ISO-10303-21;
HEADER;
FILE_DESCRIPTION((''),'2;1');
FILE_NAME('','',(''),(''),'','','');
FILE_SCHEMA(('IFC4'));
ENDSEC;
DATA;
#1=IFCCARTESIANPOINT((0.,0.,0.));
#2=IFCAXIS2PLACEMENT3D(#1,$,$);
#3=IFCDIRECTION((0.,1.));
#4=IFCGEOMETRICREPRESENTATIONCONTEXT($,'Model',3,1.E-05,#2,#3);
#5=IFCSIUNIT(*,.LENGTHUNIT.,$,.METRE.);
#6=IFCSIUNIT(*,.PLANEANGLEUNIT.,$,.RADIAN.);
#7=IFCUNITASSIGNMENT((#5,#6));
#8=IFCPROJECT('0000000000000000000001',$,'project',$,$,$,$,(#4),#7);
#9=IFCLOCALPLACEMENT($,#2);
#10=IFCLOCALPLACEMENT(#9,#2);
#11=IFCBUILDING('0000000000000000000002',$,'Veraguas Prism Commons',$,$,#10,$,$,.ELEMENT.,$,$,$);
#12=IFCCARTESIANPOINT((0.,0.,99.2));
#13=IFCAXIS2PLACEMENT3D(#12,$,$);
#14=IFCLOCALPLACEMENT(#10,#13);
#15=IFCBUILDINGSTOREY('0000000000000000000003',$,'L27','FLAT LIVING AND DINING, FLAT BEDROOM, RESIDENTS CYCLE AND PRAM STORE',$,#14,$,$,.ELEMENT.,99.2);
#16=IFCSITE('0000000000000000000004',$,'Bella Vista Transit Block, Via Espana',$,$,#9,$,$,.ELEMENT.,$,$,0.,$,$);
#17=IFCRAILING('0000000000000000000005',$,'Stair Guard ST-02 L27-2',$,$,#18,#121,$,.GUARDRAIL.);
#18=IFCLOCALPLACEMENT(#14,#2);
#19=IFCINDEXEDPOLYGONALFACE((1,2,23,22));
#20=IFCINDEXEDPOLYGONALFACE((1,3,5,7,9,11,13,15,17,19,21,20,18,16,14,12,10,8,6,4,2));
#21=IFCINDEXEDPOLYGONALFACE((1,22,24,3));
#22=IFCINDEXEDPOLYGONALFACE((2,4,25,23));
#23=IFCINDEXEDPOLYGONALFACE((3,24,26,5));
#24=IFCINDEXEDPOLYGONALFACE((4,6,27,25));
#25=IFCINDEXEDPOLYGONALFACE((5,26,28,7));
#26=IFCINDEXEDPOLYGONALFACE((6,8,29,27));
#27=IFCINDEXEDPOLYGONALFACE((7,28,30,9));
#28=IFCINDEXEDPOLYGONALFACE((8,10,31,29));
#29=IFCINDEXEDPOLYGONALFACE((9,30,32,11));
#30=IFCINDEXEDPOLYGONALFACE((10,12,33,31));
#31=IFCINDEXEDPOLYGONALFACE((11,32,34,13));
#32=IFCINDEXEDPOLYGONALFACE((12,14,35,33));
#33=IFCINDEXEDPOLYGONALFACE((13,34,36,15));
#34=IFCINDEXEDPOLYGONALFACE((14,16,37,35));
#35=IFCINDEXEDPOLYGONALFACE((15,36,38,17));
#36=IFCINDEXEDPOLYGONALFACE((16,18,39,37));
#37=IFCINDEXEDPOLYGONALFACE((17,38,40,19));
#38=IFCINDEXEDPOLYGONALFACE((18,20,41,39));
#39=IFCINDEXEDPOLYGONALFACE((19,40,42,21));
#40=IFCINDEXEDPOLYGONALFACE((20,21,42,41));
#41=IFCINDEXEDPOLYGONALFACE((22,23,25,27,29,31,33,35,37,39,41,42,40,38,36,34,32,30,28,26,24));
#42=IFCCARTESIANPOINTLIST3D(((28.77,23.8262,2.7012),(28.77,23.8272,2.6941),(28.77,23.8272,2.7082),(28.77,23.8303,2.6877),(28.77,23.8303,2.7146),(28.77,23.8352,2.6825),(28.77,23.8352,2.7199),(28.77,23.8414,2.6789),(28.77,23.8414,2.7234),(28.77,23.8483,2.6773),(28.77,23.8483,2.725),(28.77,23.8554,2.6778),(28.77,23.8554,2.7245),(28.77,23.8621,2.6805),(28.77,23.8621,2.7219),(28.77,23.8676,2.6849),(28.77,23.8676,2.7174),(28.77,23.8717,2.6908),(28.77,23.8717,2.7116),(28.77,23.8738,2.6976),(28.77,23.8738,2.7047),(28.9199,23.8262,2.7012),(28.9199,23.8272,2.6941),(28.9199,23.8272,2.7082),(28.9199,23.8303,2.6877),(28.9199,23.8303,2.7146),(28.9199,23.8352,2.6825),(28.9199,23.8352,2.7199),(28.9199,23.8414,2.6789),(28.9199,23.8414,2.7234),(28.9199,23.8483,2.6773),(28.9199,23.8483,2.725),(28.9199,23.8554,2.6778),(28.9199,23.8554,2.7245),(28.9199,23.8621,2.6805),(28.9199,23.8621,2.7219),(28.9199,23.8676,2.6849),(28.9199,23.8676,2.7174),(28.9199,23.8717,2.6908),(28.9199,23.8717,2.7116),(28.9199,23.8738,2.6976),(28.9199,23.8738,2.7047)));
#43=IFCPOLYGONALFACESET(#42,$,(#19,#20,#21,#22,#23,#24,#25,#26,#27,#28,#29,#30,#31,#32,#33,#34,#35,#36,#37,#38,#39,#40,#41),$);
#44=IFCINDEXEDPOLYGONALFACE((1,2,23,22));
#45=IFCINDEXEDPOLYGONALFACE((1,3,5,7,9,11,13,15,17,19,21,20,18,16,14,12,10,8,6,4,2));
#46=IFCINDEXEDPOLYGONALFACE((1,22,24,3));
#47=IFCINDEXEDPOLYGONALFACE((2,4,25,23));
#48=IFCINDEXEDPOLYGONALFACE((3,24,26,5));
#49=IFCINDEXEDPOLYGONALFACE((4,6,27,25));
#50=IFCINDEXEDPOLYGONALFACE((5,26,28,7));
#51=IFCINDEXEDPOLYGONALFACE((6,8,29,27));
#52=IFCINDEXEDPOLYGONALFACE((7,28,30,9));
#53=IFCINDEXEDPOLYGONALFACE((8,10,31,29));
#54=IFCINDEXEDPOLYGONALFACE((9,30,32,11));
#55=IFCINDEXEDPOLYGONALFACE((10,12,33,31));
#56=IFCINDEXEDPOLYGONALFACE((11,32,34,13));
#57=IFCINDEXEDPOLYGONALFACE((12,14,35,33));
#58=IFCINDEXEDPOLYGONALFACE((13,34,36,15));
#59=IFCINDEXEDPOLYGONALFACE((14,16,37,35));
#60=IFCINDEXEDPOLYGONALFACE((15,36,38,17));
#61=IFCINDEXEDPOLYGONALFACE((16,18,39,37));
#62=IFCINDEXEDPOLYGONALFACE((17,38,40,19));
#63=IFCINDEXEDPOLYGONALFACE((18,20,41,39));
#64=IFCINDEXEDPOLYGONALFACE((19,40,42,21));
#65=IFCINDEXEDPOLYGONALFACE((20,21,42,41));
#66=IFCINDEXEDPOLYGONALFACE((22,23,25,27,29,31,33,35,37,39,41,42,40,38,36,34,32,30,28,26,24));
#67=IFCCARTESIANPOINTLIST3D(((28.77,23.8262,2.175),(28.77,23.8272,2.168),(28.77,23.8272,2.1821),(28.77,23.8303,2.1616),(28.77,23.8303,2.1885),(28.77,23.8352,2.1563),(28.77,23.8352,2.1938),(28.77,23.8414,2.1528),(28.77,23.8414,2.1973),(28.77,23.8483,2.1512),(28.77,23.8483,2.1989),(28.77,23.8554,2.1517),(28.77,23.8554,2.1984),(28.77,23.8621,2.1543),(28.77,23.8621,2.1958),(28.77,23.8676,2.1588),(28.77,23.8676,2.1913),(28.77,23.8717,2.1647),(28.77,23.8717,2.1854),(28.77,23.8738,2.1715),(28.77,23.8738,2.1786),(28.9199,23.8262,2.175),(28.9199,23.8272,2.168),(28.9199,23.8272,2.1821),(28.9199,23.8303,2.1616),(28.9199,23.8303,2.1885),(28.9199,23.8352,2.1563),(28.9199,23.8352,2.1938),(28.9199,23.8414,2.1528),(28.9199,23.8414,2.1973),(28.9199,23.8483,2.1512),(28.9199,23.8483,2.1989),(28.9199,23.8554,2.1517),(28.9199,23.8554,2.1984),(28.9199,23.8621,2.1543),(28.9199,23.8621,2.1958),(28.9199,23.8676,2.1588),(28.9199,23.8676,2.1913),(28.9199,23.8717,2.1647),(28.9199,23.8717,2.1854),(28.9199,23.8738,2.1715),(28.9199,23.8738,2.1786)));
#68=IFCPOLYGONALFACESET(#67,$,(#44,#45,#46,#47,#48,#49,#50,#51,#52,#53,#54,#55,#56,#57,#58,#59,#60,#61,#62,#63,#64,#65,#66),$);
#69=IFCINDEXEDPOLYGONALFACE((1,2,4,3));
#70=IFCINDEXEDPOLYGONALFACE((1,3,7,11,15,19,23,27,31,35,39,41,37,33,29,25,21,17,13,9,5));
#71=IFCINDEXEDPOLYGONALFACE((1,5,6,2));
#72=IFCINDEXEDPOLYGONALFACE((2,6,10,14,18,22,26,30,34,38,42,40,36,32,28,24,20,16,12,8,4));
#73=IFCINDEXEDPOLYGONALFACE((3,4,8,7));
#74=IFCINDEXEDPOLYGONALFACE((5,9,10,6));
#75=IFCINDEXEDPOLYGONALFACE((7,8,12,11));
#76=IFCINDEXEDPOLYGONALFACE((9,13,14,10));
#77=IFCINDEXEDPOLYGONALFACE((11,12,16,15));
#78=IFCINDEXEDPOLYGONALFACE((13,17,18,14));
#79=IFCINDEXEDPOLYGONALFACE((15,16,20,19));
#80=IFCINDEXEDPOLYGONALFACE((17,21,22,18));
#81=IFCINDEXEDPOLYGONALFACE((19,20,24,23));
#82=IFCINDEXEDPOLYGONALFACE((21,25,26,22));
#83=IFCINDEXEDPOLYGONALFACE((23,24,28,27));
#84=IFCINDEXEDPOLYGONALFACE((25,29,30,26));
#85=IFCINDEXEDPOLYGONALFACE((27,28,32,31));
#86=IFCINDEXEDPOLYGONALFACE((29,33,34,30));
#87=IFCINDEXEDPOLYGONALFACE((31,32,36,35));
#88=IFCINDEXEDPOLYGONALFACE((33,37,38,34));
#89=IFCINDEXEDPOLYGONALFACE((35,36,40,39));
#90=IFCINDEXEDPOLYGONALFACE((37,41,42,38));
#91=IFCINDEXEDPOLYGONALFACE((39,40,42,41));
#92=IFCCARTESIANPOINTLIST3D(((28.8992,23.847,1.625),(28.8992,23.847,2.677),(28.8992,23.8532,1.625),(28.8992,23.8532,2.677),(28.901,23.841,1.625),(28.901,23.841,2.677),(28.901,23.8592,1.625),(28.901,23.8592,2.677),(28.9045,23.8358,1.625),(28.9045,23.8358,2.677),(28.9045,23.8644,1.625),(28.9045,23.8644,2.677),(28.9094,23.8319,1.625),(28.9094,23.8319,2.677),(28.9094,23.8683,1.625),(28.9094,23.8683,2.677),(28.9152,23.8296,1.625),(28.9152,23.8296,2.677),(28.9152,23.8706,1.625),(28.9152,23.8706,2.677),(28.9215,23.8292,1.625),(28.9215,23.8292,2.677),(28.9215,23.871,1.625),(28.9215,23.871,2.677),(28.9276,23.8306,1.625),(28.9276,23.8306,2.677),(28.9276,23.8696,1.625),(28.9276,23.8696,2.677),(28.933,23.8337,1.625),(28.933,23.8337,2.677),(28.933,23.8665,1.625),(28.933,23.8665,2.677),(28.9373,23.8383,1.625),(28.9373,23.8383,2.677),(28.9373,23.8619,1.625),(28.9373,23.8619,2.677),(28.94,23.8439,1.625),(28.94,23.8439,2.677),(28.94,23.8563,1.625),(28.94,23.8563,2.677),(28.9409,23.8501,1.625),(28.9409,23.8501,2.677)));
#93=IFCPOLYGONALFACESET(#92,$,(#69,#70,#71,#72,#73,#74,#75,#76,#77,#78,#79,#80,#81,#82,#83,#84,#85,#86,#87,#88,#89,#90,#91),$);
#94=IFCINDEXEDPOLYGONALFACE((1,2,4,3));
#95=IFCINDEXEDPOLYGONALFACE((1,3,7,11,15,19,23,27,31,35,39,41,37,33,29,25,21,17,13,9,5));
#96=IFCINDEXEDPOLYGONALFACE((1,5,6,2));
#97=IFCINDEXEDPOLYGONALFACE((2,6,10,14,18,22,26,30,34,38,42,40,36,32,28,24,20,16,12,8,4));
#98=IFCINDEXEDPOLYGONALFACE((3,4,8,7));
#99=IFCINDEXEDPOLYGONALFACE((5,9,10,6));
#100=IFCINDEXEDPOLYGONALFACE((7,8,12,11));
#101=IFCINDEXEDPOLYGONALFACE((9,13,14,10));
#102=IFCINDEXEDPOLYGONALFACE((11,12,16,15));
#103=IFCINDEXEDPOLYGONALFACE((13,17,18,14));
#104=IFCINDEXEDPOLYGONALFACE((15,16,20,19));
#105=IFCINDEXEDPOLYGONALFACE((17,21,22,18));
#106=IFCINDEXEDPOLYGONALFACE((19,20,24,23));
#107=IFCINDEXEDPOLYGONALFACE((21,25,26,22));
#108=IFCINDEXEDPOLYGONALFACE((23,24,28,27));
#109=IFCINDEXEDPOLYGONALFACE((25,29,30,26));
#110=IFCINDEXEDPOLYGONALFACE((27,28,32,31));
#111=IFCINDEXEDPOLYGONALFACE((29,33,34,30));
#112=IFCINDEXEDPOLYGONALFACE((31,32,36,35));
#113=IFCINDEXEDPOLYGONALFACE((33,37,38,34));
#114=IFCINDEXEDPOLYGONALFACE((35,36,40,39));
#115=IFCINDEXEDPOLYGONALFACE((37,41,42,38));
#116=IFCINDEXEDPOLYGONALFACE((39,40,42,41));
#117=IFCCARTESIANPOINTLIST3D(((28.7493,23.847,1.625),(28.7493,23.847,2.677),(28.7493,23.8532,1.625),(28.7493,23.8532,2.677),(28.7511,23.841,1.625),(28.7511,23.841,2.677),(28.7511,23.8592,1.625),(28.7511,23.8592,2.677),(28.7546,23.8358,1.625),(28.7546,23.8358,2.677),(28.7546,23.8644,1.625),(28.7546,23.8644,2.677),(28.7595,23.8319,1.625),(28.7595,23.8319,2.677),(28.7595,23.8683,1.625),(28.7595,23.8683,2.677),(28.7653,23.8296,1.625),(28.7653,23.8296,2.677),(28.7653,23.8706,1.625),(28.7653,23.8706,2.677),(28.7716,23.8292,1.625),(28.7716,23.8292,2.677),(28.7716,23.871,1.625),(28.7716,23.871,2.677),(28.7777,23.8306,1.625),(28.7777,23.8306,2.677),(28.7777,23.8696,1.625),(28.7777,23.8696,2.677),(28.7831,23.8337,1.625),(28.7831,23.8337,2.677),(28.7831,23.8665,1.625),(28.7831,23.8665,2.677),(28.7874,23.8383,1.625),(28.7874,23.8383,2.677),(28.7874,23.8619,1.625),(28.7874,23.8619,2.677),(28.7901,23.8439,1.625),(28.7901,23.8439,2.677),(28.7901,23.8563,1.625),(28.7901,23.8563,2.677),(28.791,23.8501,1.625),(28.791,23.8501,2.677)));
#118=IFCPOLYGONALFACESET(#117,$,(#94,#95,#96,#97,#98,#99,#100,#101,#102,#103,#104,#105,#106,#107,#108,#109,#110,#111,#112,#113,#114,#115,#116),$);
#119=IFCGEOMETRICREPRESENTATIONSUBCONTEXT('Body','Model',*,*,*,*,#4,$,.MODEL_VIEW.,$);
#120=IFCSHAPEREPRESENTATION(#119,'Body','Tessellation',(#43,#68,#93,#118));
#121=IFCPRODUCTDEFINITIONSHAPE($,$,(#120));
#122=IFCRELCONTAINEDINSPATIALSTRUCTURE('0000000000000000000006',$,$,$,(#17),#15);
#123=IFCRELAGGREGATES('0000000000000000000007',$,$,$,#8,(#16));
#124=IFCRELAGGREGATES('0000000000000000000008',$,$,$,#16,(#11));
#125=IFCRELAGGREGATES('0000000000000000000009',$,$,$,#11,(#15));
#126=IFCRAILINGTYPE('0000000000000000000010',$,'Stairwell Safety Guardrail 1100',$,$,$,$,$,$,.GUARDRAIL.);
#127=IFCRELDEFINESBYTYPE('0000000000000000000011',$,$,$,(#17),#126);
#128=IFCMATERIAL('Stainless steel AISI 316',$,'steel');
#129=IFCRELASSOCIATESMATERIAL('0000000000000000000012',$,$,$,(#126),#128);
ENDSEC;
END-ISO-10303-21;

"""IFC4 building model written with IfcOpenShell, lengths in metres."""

from ifc_helpers import new_model, si_unit, direction, frame, origin, origin_2d, place, context, subcontext, project, spatial, circle, extrude, material, type_object, element, save


model = new_model("IFC4")

# Units and contexts
model_context = context("Model", 3, precision=1e-05, world=origin(), true_north=direction((0.0, 1.0)))
body_context = subcontext(model_context, "Body", "Model", "MODEL_VIEW")
ifc_project = project(units=[si_unit("LENGTHUNIT", "METRE"), si_unit("PLANEANGLEUNIT", "RADIAN")], contexts=[model_context])

# Site, building, storey
site_placement = place(None, origin())
site = spatial("IfcSite", under=ifc_project, at=site_placement, Name="Bella Vista Transit Block, Via Espana", CompositionType="ELEMENT", RefElevation=0.0)
building_placement = place(site_placement, origin())
building = spatial("IfcBuilding", under=site, at=building_placement, Name="Veraguas Prism Commons", CompositionType="ELEMENT")
storey_placement = place(building_placement, frame((0.0, 0.0, 99.2)))
storey = spatial("IfcBuildingStorey", under=building, at=storey_placement, Name="L27", Description="FLAT LIVING AND DINING, FLAT BEDROOM, RESIDENTS CYCLE AND PRAM STORE", CompositionType="ELEMENT", Elevation=99.2)

# Shared definitions
ifc_material_1 = material(Name="Stainless steel AISI 316", Category="steel")

# Railing
railing_type_1 = type_object("IfcRailingType", Name="Stairwell Safety Guardrail 1100", PredefinedType="GUARDRAIL", material=ifc_material_1)
railing_1_placement = place(storey_placement, frame((28.9199, 23.8501, 1.625)))
element("IfcRailing", 1, at=railing_1_placement, inside=storey, type_object=railing_type_1, Name="Stair Guard ST-02 L27-2", PredefinedType="GUARDRAIL", context=body_context, shape_type="SweptSolid", body=[
    extrude(circle(Radius=0.0239, at=origin_2d()), frame((0.0, 0.0, 1.0762), z_axis=(-1.0, 0.0, 0.0), x_axis=(0.0, -1.0, 0.0)), (0.0, 0.0, 1.0), 0.1499),
    extrude(circle(Radius=0.0239, at=origin_2d()), frame((0.0, 0.0, 0.55), z_axis=(-1.0, 0.0, 0.0), x_axis=(0.0, -1.0, 0.0)), (0.0, 0.0, 1.0), 0.1499),
    extrude(circle(Radius=0.021, at=origin_2d()), origin(), (0.0, 0.0, 1.0), 1.052),
    extrude(circle(Radius=0.021, at=origin_2d()), frame((-0.1499, 0.0, 0.0)), (0.0, 0.0, 1.0), 1.052),
])

save(model, "model.ifc")
